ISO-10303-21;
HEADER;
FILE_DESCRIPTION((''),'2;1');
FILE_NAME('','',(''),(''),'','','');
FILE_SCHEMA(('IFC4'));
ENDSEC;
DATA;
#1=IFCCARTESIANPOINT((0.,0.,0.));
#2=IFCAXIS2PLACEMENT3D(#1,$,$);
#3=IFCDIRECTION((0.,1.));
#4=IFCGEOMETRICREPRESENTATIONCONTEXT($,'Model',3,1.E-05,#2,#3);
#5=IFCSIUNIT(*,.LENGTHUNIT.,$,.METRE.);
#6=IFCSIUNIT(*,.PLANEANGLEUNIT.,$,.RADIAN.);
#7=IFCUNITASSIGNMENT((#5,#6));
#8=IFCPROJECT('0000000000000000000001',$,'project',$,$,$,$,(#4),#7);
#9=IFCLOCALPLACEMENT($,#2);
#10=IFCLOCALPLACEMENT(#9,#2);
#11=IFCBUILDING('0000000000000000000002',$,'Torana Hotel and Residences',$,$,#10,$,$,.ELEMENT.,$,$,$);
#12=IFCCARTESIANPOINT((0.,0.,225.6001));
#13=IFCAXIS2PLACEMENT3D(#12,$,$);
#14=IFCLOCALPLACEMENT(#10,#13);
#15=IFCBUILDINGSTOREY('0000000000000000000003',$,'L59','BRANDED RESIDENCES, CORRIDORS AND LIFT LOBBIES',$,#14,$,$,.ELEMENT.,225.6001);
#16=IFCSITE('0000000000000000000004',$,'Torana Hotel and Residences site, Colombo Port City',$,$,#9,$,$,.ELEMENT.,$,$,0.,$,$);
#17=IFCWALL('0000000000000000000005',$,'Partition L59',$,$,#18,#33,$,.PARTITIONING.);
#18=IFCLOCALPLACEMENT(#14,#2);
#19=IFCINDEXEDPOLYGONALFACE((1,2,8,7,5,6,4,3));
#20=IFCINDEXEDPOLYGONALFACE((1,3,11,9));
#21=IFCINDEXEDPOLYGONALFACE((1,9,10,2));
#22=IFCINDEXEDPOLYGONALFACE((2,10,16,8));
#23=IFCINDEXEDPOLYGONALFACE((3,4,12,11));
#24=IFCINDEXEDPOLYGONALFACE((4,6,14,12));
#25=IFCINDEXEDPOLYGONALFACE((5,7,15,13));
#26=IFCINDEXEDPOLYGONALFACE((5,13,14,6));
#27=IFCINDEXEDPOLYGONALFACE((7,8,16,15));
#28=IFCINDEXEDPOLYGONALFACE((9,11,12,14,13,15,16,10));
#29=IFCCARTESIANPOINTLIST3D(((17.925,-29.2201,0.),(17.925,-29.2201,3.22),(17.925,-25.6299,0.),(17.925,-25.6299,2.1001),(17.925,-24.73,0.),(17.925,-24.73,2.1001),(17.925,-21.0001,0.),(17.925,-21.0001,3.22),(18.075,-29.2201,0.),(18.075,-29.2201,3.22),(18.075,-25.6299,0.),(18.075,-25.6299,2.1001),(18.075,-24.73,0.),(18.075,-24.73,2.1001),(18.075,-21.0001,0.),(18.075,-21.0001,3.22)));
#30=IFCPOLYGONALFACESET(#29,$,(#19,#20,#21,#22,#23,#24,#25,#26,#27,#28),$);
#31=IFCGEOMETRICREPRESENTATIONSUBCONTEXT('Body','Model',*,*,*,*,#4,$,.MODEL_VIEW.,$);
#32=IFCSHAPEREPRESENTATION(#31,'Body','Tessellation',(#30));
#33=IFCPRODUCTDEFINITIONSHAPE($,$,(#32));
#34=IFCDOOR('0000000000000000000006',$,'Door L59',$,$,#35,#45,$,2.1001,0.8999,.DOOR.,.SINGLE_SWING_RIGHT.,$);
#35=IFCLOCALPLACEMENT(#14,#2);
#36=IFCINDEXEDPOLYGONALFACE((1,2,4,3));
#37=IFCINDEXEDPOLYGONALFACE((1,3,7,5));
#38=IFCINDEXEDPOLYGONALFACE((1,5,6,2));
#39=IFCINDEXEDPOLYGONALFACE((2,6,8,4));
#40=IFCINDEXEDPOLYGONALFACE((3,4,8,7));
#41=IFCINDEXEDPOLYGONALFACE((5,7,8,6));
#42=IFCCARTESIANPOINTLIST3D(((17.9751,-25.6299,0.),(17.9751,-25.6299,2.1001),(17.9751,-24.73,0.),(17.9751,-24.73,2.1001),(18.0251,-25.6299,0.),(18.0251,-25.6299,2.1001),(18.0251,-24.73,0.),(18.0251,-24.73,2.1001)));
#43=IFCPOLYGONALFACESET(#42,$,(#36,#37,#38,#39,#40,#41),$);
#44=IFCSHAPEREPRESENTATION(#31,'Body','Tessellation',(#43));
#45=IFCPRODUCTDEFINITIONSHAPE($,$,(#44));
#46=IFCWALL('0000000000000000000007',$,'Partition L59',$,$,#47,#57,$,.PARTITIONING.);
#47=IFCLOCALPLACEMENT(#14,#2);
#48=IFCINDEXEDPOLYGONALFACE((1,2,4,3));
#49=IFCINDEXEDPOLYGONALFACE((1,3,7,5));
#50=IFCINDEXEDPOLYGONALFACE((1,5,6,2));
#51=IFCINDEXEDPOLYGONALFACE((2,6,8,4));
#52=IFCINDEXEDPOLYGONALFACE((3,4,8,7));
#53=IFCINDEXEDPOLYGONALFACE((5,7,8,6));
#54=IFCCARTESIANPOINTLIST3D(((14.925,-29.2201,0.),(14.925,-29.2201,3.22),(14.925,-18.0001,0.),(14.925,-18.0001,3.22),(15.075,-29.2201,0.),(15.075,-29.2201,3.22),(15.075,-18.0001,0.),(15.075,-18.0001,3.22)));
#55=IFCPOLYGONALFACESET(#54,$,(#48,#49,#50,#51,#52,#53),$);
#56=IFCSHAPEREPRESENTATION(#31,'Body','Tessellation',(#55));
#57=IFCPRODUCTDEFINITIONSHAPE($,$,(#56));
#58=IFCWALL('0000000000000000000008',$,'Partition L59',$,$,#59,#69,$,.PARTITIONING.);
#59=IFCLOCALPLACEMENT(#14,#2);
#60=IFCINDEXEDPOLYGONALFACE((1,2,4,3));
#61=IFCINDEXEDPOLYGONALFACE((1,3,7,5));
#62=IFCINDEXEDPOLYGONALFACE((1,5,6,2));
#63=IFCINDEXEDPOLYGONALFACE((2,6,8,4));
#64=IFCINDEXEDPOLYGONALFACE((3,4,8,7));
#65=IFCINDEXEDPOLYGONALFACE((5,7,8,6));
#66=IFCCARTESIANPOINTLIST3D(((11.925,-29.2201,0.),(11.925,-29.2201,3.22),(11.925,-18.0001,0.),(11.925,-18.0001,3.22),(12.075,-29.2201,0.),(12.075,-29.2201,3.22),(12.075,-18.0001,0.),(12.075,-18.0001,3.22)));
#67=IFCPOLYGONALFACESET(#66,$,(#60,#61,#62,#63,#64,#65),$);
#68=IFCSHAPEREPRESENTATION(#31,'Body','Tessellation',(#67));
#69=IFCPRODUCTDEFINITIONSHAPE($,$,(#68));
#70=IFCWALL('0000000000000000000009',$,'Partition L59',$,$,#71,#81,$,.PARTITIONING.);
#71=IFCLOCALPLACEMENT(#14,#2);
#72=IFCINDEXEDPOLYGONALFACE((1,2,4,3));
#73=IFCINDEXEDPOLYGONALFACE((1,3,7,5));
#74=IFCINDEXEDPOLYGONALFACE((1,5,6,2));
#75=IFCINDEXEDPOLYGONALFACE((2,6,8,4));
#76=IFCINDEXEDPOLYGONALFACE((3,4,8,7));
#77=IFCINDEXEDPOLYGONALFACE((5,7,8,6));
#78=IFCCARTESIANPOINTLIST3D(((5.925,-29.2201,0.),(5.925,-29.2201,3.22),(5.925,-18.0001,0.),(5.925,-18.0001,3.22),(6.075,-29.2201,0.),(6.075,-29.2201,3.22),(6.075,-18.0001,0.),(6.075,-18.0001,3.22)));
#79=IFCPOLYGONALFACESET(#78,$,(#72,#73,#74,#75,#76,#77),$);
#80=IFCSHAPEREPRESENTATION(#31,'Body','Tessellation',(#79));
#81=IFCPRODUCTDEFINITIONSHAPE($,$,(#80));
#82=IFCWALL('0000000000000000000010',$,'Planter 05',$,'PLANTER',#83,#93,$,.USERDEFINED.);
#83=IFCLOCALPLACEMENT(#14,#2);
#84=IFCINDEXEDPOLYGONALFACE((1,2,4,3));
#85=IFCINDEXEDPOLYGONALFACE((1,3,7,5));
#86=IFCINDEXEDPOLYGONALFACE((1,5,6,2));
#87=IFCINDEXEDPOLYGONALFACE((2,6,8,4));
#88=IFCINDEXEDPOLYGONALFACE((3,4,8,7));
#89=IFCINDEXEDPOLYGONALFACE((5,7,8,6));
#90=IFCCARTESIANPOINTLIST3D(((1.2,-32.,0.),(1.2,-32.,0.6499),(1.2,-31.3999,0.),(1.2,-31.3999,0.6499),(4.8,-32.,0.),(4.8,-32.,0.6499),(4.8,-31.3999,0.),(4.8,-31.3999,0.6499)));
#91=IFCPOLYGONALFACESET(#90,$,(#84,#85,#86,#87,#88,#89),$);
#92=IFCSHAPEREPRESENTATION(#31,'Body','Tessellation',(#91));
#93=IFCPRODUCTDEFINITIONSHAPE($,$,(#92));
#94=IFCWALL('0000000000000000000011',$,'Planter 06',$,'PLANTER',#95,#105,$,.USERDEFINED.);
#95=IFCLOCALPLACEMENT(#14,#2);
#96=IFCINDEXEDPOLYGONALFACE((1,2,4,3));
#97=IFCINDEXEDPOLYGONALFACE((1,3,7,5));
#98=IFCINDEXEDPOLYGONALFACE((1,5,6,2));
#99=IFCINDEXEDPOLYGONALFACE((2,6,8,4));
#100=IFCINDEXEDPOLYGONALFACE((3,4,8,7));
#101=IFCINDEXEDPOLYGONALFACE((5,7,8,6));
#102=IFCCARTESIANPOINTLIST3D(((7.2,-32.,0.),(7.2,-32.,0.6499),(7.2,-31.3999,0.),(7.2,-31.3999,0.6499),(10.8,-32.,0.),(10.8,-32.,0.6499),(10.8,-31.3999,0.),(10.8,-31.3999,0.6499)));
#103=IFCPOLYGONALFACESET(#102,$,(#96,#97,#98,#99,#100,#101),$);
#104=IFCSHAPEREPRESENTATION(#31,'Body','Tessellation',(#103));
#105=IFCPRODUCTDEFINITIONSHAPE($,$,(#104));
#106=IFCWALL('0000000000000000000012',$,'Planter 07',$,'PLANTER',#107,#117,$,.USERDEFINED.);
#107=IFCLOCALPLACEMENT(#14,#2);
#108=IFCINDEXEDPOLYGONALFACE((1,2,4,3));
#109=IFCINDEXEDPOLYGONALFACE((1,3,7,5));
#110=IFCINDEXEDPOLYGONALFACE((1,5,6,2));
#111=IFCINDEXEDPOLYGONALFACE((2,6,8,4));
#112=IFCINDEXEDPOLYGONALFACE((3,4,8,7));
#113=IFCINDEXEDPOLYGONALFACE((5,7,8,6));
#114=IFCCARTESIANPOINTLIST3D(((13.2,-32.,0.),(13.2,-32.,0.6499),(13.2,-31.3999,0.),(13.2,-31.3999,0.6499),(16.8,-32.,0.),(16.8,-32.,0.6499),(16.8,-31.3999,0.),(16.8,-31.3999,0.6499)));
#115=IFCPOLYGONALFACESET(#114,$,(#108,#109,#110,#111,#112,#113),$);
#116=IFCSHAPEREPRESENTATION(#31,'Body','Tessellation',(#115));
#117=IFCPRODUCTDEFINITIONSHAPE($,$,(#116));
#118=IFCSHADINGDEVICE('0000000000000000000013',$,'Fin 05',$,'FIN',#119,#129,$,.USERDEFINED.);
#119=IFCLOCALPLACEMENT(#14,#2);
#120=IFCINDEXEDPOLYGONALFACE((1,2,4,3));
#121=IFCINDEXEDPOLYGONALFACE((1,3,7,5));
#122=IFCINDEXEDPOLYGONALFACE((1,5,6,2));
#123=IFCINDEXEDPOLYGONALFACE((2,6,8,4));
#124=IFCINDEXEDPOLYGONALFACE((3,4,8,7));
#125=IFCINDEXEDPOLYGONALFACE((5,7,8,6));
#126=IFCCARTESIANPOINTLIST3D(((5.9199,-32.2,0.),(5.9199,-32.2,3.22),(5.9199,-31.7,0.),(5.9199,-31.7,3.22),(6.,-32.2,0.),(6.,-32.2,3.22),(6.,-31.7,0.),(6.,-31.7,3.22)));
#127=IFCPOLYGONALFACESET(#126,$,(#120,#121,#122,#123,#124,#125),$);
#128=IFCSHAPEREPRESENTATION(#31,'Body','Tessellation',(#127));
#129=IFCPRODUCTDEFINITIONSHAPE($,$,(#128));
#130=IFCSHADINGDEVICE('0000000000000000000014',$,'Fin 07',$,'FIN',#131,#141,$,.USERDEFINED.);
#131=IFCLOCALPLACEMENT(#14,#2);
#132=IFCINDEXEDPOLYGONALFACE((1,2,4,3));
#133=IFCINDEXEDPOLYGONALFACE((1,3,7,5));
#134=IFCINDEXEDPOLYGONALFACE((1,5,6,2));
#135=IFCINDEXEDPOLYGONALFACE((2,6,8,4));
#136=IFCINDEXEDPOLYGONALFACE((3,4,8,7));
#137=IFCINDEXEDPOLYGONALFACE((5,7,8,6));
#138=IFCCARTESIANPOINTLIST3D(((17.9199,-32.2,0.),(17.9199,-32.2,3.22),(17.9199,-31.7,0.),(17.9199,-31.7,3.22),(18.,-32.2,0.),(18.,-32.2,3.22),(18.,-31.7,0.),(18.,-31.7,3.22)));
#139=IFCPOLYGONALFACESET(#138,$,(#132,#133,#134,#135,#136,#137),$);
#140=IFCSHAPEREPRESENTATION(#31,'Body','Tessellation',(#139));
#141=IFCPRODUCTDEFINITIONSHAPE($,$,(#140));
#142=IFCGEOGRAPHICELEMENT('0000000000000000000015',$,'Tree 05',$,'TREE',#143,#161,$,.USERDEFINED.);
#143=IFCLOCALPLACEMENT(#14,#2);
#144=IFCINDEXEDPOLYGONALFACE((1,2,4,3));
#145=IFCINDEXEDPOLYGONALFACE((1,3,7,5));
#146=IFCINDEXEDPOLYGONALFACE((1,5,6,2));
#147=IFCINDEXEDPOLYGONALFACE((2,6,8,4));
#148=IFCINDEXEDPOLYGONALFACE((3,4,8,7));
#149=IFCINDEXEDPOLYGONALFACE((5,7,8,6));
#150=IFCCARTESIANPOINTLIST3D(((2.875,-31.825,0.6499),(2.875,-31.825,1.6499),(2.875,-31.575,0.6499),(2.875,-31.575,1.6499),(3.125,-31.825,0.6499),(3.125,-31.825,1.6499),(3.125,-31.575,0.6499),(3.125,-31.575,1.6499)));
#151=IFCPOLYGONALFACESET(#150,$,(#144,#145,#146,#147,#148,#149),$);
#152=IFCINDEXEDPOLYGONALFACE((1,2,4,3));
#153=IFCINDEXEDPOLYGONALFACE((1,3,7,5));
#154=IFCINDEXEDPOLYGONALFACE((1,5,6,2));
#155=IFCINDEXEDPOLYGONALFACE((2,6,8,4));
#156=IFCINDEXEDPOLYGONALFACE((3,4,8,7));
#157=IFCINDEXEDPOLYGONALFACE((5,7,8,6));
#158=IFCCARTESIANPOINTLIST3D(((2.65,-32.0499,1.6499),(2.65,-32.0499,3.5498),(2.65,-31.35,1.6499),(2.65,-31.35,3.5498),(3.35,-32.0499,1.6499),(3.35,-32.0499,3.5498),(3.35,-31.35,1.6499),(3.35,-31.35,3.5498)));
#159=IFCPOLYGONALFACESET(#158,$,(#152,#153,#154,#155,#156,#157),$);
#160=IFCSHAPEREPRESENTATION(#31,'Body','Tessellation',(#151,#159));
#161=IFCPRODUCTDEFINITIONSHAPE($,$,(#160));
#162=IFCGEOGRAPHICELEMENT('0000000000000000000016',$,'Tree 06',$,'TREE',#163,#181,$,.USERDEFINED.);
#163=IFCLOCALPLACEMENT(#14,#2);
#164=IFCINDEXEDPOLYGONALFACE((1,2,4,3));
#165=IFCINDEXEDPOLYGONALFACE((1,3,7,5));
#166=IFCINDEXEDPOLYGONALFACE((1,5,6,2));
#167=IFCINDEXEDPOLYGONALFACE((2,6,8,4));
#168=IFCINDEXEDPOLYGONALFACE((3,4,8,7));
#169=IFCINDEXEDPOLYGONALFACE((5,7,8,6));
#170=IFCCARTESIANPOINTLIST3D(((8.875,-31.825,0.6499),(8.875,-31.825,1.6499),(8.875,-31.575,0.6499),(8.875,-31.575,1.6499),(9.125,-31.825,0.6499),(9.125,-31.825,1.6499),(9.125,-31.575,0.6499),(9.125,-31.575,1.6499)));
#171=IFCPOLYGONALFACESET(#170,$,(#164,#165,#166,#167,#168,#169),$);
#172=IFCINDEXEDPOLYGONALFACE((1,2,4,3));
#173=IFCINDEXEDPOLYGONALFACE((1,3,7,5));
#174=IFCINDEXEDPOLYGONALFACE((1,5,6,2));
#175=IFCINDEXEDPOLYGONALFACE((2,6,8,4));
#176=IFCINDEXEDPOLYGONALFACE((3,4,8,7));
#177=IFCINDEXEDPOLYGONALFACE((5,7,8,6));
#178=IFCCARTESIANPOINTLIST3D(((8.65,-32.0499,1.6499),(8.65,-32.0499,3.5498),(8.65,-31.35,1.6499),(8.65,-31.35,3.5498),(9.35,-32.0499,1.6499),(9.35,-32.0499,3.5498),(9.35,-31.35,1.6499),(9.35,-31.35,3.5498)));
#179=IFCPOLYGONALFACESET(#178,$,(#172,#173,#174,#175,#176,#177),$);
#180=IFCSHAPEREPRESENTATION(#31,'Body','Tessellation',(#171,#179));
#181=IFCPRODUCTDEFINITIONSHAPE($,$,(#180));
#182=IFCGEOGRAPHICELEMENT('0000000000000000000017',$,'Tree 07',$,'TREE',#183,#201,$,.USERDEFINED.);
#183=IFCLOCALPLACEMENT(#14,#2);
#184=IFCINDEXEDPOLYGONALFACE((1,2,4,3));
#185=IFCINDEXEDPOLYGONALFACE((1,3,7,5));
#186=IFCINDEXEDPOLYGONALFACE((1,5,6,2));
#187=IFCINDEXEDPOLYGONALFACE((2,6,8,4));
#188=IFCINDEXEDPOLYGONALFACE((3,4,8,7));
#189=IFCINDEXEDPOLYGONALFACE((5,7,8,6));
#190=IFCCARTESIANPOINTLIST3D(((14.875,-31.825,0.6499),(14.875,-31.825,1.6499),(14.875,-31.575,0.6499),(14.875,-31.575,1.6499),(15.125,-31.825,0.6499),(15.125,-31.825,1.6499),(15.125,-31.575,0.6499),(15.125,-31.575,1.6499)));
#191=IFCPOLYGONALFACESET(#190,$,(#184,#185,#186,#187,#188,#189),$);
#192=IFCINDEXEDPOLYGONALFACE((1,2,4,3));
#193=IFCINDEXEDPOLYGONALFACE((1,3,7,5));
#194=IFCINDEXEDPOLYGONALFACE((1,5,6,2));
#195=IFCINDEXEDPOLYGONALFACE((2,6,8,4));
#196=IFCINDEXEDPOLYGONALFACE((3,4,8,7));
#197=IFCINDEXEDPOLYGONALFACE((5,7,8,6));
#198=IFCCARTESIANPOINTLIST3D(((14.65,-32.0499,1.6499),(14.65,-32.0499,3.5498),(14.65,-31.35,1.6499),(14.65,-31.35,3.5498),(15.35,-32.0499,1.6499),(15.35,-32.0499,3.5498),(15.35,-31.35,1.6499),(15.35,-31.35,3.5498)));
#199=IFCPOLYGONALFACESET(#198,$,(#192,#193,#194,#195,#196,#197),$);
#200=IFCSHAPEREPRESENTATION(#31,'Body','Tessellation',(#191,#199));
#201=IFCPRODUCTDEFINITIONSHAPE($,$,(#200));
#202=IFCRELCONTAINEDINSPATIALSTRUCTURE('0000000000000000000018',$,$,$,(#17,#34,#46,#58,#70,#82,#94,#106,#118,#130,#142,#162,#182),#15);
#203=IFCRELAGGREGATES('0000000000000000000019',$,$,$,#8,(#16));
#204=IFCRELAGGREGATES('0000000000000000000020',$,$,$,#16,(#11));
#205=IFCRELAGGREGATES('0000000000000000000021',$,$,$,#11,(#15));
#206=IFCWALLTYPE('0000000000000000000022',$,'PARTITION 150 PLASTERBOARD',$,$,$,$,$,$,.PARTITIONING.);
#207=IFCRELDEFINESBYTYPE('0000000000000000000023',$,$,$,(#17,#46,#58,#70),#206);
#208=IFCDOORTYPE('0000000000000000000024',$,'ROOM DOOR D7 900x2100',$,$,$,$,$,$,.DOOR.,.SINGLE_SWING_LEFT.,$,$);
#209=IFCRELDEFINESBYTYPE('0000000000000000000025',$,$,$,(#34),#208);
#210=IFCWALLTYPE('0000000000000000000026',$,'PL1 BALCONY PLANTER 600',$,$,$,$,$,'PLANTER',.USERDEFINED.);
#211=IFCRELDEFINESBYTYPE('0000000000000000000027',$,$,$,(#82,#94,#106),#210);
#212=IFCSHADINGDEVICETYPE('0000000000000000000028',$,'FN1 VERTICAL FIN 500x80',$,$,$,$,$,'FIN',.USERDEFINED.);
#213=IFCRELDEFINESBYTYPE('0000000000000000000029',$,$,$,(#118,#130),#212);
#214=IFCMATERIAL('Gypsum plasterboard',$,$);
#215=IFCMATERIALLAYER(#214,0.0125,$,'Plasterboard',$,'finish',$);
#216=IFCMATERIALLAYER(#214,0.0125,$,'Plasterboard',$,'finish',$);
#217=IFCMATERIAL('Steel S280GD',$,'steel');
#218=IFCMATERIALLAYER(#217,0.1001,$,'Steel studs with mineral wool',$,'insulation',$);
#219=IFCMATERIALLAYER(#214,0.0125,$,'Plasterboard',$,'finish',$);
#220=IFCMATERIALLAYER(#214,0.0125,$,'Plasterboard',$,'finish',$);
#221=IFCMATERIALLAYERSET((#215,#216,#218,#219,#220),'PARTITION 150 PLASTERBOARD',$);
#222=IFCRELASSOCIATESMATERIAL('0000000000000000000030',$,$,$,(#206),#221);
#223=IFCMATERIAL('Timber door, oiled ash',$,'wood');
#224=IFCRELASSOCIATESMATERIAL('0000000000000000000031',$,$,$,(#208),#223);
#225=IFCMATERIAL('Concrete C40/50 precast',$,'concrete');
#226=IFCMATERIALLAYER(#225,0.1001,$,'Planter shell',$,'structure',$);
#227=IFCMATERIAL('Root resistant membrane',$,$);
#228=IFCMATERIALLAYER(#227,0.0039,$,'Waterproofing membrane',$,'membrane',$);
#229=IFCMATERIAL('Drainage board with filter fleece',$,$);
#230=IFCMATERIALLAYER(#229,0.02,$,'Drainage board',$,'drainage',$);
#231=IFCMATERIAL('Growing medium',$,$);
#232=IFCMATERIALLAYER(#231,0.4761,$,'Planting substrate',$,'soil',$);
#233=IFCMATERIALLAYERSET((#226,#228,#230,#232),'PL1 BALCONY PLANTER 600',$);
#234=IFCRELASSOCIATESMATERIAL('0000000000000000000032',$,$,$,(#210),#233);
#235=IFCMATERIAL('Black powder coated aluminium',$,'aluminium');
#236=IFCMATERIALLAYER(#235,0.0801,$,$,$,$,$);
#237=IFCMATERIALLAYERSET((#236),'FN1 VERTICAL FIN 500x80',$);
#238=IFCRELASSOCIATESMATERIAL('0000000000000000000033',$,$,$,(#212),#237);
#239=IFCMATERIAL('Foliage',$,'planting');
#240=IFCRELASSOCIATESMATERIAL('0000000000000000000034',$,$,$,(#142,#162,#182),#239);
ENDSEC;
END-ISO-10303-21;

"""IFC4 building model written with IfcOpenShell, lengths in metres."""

from ifc_helpers import new_model, si_unit, direction, frame, frame_2d, origin, origin_2d, place, context, subcontext, project, spatial, rectangle, extrude, material, layer, layer_set, type_object, element, fill, save


model = new_model("IFC4")

# Units and contexts
model_context = context("Model", 3, precision=1e-05, world=origin(), true_north=direction((0.0, 1.0)))
body_context = subcontext(model_context, "Body", "Model", "MODEL_VIEW")
ifc_project = project(units=[si_unit("LENGTHUNIT", "METRE"), si_unit("PLANEANGLEUNIT", "RADIAN")], contexts=[model_context])

# Site, building, storey
site_placement = place(None, origin())
site = spatial("IfcSite", under=ifc_project, at=site_placement, Name="Torana Hotel and Residences site, Colombo Port City", CompositionType="ELEMENT", RefElevation=0.0)
building_placement = place(site_placement, origin())
building = spatial("IfcBuilding", under=site, at=building_placement, Name="Torana Hotel and Residences", CompositionType="ELEMENT")
storey_placement = place(building_placement, frame((0.0, 0.0, 225.6001)))
storey = spatial("IfcBuildingStorey", under=building, at=storey_placement, Name="L59", Description="BRANDED RESIDENCES, CORRIDORS AND LIFT LOBBIES", CompositionType="ELEMENT", Elevation=225.6001)

# Wall, opening, door
ifc_material_1 = material(Name="Gypsum plasterboard")
ifc_layer_1 = layer(ifc_material_1, 0.0125, Name="Plasterboard", Category="finish")
ifc_layer_2 = layer(ifc_material_1, 0.0125, Name="Plasterboard", Category="finish")
ifc_material_2 = material(Name="Steel S280GD", Category="steel")
ifc_layer_3 = layer(ifc_material_2, 0.1001, Name="Steel studs with mineral wool", Category="insulation")
ifc_layer_4 = layer(ifc_material_1, 0.0125, Name="Plasterboard", Category="finish")
ifc_layer_5 = layer(ifc_material_1, 0.0125, Name="Plasterboard", Category="finish")
ifc_layer_set_1 = layer_set([ifc_layer_1, ifc_layer_2, ifc_layer_3, ifc_layer_4, ifc_layer_5], Name="PARTITION 150 PLASTERBOARD")
wall_type_1 = type_object("IfcWallType", Name="PARTITION 150 PLASTERBOARD", PredefinedType="PARTITIONING", material=ifc_layer_set_1)
wall_placement = place(storey_placement, frame((18.0, -29.22, 0.0), z_axis=(0.0, 0.0, 1.0), x_axis=(0.0, 1.0, 0.0)))
wall = element("IfcWall", 1, at=wall_placement, inside=storey, type_object=wall_type_1, Name="Partition L59", PredefinedType="PARTITIONING", context=body_context, shape_type="SweptSolid", body=[
    extrude(rectangle(XDim=8.22, YDim=0.1499, at=frame_2d((4.1099, 0.0))), origin(), (0.0, 0.0, 1.0), 3.22),
])
opening_placement = place(wall_placement, frame((3.5901, 0.0, 0.0)))
opening = element("IfcOpeningElement", 2, at=opening_placement, cuts=wall, PredefinedType="OPENING", context=body_context, shape_type="SweptSolid", body=[
    extrude(rectangle(XDim=0.8999, YDim=2.1001, at=frame_2d((0.45, 1.05))), frame((0.0, 0.085, 0.0), z_axis=(0.0, -1.0, 0.0), x_axis=(1.0, 0.0, 0.0)), (0.0, 0.0, 1.0), 0.1699),
])
ifc_material_3 = material(Name="Timber door, oiled ash", Category="wood")
door_type = type_object("IfcDoorType", Name="ROOM DOOR D7 900x2100", OperationType="SINGLE_SWING_LEFT", PredefinedType="DOOR", material=ifc_material_3)
door_placement = place(opening_placement, origin())
door = element("IfcDoor", 3, at=door_placement, inside=storey, type_object=door_type, Name="Door L59", OperationType="SINGLE_SWING_RIGHT", OverallHeight=2.1001, OverallWidth=0.8999, PredefinedType="DOOR", context=body_context, shape_type="SweptSolid", body=[
    extrude(rectangle(XDim=0.8999, YDim=2.1001, at=frame_2d((0.45, 1.05))), frame((0.0, 0.0249, 0.0), z_axis=(0.0, -1.0, 0.0), x_axis=(1.0, 0.0, 0.0)), (0.0, 0.0, 1.0), 0.05),
])
fill(opening, door)

# Walls
for number, where, z_axis, x_axis, name in (
    (4, (15.0, -29.22, 0.0), (0.0, 0.0, 1.0), (0.0, 1.0, 0.0), "Partition L59"),
    (5, (12.0, -29.22, 0.0), (0.0, 0.0, 1.0), (0.0, 1.0, 0.0), "Partition L59"),
    (6, (6.0, -29.22, 0.0), (0.0, 0.0, 1.0), (0.0, 1.0, 0.0), "Partition L59"),
):
    element("IfcWall", number, at=place(storey_placement, frame(where, z_axis=z_axis, x_axis=x_axis)), inside=storey, type_object=wall_type_1, Name=name, PredefinedType="PARTITIONING", context=body_context, shape_type="SweptSolid", body=[
        extrude(rectangle(XDim=11.22, YDim=0.1499, at=frame_2d((5.6099, 0.0))), origin(), (0.0, 0.0, 1.0), 3.22),
    ])
ifc_material_4 = material(Name="Concrete C40/50 precast", Category="concrete")
ifc_layer_6 = layer(ifc_material_4, 0.1001, Name="Planter shell", Category="structure")
ifc_material_5 = material(Name="Root resistant membrane")
ifc_layer_7 = layer(ifc_material_5, 0.0039, Name="Waterproofing membrane", Category="membrane")
ifc_material_6 = material(Name="Drainage board with filter fleece")
ifc_layer_8 = layer(ifc_material_6, 0.02, Name="Drainage board", Category="drainage")
ifc_material_7 = material(Name="Growing medium")
ifc_layer_9 = layer(ifc_material_7, 0.4761, Name="Planting substrate", Category="soil")
ifc_layer_set_2 = layer_set([ifc_layer_6, ifc_layer_7, ifc_layer_8, ifc_layer_9], Name="PL1 BALCONY PLANTER 600")
wall_type_2 = type_object("IfcWallType", Name="PL1 BALCONY PLANTER 600", ElementType="PLANTER", PredefinedType="USERDEFINED", material=ifc_layer_set_2)
for number, where, z_axis, x_axis, name in (
    (7, (4.8, -31.7, 0.0), (0.0, 0.0, 1.0), (-1.0, 0.0, 0.0), "Planter 05"),
    (8, (10.8, -31.7, 0.0), (0.0, 0.0, 1.0), (-1.0, 0.0, 0.0), "Planter 06"),
    (9, (16.8, -31.7, 0.0), (0.0, 0.0, 1.0), (-1.0, 0.0, 0.0), "Planter 07"),
):
    element("IfcWall", number, at=place(storey_placement, frame(where, z_axis=z_axis, x_axis=x_axis)), inside=storey, type_object=wall_type_2, Name=name, ObjectType="PLANTER", PredefinedType="USERDEFINED", context=body_context, shape_type="SweptSolid", body=[
        extrude(rectangle(XDim=3.6001, YDim=0.6001, at=frame_2d((1.8, 0.0))), origin(), (0.0, 0.0, 1.0), 0.6499),
    ])

# Shading devices
ifc_material_8 = material(Name="Black powder coated aluminium", Category="aluminium")
ifc_layer_10 = layer(ifc_material_8, 0.0801)
ifc_layer_set_3 = layer_set([ifc_layer_10], Name="FN1 VERTICAL FIN 500x80")
shading_device_type = type_object("IfcShadingDeviceType", Name="FN1 VERTICAL FIN 500x80", ElementType="FIN", PredefinedType="USERDEFINED", material=ifc_layer_set_3)
for number, where, z_axis, x_axis, name in (
    (10, (5.96, -31.95, 0.0), (0.0, 0.0, 1.0), (-1.0, 0.0, 0.0), "Fin 05"),
    (11, (17.96, -31.95, 0.0), (0.0, 0.0, 1.0), (-1.0, 0.0, 0.0), "Fin 07"),
):
    element("IfcShadingDevice", number, at=place(storey_placement, frame(where, z_axis=z_axis, x_axis=x_axis)), inside=storey, type_object=shading_device_type, Name=name, ObjectType="FIN", PredefinedType="USERDEFINED", context=body_context, shape_type="SweptSolid", body=[
        extrude(rectangle(XDim=0.0801, YDim=0.5, at=origin_2d()), origin(), (0.0, 0.0, 1.0), 3.22),
    ])

# Geographic elements
ifc_material_9 = material(Name="Foliage", Category="planting")
for number, where, z_axis, x_axis, name in (
    (12, (3.0, -31.7, 0.6499), (0.0, 0.0, 1.0), (1.0, 0.0, 0.0), "Tree 05"),
    (13, (9.0, -31.7, 0.6499), (0.0, 0.0, 1.0), (1.0, 0.0, 0.0), "Tree 06"),
    (14, (15.0, -31.7, 0.6499), (0.0, 0.0, 1.0), (1.0, 0.0, 0.0), "Tree 07"),
):
    element("IfcGeographicElement", number, at=place(storey_placement, frame(where, z_axis=z_axis, x_axis=x_axis)), inside=storey, material=ifc_material_9, Name=name, ObjectType="TREE", PredefinedType="USERDEFINED", context=body_context, shape_type="SweptSolid", body=[
        extrude(rectangle(XDim=0.25, YDim=0.25, at=origin_2d()), origin(), (0.0, 0.0, 1.0), 1.0),
        extrude(rectangle(XDim=0.7, YDim=0.7, at=origin_2d()), frame((0.0, 0.0, 1.0)), (0.0, 0.0, 1.0), 1.8999),
    ])

save(model, "model.ifc")
